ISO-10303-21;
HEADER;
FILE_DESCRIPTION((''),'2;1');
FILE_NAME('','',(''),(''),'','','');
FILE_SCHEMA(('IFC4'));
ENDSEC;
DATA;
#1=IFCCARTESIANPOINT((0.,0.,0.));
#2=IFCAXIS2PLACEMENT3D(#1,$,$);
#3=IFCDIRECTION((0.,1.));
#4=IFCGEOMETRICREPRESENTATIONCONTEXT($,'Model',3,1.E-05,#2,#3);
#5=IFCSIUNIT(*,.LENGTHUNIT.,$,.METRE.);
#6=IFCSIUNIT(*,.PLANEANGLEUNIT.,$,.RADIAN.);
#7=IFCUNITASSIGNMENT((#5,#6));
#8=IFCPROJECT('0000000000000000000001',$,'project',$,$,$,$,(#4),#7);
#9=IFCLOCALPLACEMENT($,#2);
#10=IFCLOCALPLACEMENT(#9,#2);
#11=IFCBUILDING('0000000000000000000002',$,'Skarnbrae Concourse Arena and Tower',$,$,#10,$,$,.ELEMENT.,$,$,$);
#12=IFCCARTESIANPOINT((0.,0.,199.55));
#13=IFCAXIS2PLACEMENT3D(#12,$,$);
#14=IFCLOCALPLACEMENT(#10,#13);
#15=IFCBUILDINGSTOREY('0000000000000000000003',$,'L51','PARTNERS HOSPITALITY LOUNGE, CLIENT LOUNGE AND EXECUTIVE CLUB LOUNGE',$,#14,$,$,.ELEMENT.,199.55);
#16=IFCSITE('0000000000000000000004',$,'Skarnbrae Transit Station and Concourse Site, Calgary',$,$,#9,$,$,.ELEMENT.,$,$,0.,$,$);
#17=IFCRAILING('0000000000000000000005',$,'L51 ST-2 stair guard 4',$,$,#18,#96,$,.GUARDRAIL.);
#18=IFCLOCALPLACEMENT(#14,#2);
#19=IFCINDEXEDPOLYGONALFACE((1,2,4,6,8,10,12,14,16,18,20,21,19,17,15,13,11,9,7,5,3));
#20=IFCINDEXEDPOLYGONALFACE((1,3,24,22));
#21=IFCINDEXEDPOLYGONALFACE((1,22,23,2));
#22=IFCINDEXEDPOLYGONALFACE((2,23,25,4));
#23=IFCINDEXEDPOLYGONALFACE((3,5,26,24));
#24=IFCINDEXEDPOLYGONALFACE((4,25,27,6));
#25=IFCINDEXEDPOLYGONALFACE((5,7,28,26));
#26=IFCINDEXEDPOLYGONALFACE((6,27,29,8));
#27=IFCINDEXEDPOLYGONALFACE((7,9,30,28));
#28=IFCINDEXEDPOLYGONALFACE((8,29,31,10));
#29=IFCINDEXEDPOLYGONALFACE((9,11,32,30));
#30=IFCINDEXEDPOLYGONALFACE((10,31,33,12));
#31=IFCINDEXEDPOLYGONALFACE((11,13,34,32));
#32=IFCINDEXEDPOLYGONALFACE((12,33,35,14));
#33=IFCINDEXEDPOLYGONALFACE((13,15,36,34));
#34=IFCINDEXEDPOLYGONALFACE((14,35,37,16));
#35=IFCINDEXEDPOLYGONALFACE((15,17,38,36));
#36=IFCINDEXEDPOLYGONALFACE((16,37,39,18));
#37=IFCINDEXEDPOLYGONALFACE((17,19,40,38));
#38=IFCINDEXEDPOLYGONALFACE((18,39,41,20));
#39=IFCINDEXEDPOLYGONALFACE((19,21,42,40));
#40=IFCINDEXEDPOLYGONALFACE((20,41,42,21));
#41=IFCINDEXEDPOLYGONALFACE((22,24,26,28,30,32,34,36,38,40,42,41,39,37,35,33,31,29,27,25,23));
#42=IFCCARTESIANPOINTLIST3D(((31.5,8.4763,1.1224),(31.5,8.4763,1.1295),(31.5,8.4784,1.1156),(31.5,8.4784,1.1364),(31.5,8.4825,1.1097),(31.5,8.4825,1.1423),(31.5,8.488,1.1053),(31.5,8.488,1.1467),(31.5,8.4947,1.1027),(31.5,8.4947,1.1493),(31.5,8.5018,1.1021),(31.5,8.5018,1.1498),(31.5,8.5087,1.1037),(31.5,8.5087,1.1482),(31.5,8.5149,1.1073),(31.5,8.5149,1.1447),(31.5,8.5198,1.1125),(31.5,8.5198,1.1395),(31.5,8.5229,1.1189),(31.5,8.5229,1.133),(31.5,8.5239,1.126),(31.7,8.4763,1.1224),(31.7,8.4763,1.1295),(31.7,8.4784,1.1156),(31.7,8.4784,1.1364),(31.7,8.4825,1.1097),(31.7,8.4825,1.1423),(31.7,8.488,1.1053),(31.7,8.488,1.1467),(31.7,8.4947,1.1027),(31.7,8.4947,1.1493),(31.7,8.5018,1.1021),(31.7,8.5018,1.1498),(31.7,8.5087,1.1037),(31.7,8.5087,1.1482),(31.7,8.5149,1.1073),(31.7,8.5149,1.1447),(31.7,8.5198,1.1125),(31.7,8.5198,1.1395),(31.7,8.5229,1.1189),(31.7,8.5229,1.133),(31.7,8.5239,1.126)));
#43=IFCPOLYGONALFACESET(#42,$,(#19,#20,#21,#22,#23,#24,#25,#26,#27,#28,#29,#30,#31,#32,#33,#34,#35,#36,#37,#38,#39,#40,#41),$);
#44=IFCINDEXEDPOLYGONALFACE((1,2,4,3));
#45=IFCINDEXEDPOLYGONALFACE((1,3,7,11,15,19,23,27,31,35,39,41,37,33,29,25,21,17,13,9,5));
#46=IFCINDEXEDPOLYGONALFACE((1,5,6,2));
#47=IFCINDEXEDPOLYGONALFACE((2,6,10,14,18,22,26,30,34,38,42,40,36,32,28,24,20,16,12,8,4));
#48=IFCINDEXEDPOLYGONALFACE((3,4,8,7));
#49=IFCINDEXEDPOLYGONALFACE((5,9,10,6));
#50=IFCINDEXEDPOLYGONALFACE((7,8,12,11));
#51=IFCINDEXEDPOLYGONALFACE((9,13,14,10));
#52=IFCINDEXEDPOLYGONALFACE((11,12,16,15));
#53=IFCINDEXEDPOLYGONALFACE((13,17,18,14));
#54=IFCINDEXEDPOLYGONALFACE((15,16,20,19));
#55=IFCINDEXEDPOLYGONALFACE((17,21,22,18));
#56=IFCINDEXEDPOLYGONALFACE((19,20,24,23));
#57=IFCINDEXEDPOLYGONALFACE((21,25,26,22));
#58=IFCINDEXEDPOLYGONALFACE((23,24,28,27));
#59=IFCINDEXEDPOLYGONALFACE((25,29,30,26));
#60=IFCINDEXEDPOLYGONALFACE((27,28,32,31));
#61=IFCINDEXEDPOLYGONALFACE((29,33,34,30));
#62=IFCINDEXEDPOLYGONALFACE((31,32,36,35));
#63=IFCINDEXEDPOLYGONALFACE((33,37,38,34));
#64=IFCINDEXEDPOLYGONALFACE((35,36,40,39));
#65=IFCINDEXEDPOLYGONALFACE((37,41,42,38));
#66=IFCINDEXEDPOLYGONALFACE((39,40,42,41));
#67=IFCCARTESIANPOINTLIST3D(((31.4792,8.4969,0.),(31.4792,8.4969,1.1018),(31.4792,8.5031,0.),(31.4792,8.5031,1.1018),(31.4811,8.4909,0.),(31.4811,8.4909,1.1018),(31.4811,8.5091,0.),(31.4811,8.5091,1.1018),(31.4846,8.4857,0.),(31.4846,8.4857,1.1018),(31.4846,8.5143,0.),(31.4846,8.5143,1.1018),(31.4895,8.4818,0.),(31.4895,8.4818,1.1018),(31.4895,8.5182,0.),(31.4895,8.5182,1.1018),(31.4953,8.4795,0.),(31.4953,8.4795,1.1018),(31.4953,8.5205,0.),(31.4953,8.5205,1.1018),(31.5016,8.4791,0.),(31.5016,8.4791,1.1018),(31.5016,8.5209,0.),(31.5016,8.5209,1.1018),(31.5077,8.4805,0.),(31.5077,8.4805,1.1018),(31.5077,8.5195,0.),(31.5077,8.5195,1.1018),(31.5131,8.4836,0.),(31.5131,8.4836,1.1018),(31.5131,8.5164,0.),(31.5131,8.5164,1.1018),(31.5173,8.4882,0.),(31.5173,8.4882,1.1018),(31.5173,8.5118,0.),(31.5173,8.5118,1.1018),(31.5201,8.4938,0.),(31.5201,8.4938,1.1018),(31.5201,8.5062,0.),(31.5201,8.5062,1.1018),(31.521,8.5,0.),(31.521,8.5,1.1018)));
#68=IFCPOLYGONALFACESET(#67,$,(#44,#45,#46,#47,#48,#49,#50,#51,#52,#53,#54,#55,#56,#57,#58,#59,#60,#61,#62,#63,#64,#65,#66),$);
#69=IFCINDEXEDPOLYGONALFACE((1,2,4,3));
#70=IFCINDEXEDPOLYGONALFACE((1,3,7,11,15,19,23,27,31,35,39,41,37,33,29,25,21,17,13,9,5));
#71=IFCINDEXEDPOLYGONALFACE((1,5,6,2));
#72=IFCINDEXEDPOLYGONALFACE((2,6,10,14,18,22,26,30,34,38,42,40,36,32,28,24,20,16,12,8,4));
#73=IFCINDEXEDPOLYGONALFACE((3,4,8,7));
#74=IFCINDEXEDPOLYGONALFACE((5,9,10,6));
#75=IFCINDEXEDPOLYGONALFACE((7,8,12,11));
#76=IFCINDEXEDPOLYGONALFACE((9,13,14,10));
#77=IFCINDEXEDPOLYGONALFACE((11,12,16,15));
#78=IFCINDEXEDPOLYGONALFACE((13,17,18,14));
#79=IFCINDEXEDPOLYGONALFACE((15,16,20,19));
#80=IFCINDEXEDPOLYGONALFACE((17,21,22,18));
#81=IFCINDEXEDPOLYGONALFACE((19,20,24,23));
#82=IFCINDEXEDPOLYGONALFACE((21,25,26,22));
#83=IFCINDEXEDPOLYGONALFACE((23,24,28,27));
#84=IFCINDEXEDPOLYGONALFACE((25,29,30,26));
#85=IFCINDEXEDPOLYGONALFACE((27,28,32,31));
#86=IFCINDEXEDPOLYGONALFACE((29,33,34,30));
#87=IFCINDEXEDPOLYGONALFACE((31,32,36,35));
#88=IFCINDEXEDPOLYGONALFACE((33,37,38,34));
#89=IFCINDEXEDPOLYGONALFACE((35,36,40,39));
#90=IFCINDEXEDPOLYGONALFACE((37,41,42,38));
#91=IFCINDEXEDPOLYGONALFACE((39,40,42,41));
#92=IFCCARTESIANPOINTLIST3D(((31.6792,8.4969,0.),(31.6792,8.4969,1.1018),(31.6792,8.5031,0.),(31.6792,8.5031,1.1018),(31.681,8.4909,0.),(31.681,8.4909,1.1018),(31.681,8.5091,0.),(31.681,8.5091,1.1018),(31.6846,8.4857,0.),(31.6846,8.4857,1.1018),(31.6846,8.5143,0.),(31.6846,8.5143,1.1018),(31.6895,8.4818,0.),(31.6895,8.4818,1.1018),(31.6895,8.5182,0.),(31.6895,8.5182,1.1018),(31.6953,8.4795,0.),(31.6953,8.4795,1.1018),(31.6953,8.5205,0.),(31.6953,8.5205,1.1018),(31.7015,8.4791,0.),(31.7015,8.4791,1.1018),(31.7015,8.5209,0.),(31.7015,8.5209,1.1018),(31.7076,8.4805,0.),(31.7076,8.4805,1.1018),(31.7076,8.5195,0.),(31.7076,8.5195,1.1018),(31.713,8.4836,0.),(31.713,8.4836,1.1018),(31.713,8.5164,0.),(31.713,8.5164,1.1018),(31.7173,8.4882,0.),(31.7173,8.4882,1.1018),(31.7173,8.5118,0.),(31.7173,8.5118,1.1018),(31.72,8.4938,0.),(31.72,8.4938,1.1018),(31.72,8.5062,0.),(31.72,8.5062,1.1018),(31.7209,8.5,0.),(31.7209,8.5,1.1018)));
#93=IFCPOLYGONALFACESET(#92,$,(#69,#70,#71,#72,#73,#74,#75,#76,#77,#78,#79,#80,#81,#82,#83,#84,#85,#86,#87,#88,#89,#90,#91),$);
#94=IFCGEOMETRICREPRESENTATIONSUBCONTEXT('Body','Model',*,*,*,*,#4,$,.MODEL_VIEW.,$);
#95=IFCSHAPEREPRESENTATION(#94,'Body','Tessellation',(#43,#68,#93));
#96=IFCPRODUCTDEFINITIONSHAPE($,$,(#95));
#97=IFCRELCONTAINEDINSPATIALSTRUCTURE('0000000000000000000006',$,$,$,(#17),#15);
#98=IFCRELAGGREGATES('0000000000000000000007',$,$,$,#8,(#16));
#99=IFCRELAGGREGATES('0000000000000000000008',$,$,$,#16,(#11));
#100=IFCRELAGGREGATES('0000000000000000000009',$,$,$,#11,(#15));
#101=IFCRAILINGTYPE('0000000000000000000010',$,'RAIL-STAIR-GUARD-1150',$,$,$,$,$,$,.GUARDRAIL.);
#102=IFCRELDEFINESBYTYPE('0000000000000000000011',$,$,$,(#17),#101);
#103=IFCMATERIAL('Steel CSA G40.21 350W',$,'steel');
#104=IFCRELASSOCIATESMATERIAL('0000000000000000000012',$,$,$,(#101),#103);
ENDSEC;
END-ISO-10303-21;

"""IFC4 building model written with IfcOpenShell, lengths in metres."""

from ifc_helpers import new_model, si_unit, direction, frame, origin, origin_2d, place, context, subcontext, project, spatial, circle, extrude, material, type_object, element, save


model = new_model("IFC4")

# Units and contexts
model_context = context("Model", 3, precision=1e-05, world=origin(), true_north=direction((0.0, 1.0)))
body_context = subcontext(model_context, "Body", "Model", "MODEL_VIEW")
ifc_project = project(units=[si_unit("LENGTHUNIT", "METRE"), si_unit("PLANEANGLEUNIT", "RADIAN")], contexts=[model_context])

# Site, building, storey
site_placement = place(None, origin())
site = spatial("IfcSite", under=ifc_project, at=site_placement, Name="Skarnbrae Transit Station and Concourse Site, Calgary", CompositionType="ELEMENT", RefElevation=0.0)
building_placement = place(site_placement, origin())
building = spatial("IfcBuilding", under=site, at=building_placement, Name="Skarnbrae Concourse Arena and Tower", CompositionType="ELEMENT")
storey_placement = place(building_placement, frame((0.0, 0.0, 199.55)))
storey = spatial("IfcBuildingStorey", under=building, at=storey_placement, Name="L51", Description="PARTNERS HOSPITALITY LOUNGE, CLIENT LOUNGE AND EXECUTIVE CLUB LOUNGE", CompositionType="ELEMENT", Elevation=199.55)

# Shared definitions
ifc_material_1 = material(Name="Steel CSA G40.21 350W", Category="steel")

# Railing
railing_type = type_object("IfcRailingType", Name="RAIL-STAIR-GUARD-1150", PredefinedType="GUARDRAIL", material=ifc_material_1)
railing_1_placement = place(storey_placement, frame((31.5, 8.5, 0.0)))
element("IfcRailing", 1, at=railing_1_placement, inside=storey, type_object=railing_type, Name="L51 ST-2 stair guard 4", PredefinedType="GUARDRAIL", context=body_context, shape_type="SweptSolid", body=[
    extrude(circle(Radius=0.0239, at=origin_2d()), frame((0.0, 0.0, 1.126), z_axis=(1.0, 0.0, 0.0), x_axis=(0.0, 1.0, 0.0)), (0.0, 0.0, 1.0), 0.2),
    extrude(circle(Radius=0.021, at=origin_2d()), origin(), (0.0, 0.0, 1.0), 1.1018),
    extrude(circle(Radius=0.021, at=origin_2d()), frame((0.2, 0.0, 0.0)), (0.0, 0.0, 1.0), 1.1018),
])

save(model, "model.ifc")
